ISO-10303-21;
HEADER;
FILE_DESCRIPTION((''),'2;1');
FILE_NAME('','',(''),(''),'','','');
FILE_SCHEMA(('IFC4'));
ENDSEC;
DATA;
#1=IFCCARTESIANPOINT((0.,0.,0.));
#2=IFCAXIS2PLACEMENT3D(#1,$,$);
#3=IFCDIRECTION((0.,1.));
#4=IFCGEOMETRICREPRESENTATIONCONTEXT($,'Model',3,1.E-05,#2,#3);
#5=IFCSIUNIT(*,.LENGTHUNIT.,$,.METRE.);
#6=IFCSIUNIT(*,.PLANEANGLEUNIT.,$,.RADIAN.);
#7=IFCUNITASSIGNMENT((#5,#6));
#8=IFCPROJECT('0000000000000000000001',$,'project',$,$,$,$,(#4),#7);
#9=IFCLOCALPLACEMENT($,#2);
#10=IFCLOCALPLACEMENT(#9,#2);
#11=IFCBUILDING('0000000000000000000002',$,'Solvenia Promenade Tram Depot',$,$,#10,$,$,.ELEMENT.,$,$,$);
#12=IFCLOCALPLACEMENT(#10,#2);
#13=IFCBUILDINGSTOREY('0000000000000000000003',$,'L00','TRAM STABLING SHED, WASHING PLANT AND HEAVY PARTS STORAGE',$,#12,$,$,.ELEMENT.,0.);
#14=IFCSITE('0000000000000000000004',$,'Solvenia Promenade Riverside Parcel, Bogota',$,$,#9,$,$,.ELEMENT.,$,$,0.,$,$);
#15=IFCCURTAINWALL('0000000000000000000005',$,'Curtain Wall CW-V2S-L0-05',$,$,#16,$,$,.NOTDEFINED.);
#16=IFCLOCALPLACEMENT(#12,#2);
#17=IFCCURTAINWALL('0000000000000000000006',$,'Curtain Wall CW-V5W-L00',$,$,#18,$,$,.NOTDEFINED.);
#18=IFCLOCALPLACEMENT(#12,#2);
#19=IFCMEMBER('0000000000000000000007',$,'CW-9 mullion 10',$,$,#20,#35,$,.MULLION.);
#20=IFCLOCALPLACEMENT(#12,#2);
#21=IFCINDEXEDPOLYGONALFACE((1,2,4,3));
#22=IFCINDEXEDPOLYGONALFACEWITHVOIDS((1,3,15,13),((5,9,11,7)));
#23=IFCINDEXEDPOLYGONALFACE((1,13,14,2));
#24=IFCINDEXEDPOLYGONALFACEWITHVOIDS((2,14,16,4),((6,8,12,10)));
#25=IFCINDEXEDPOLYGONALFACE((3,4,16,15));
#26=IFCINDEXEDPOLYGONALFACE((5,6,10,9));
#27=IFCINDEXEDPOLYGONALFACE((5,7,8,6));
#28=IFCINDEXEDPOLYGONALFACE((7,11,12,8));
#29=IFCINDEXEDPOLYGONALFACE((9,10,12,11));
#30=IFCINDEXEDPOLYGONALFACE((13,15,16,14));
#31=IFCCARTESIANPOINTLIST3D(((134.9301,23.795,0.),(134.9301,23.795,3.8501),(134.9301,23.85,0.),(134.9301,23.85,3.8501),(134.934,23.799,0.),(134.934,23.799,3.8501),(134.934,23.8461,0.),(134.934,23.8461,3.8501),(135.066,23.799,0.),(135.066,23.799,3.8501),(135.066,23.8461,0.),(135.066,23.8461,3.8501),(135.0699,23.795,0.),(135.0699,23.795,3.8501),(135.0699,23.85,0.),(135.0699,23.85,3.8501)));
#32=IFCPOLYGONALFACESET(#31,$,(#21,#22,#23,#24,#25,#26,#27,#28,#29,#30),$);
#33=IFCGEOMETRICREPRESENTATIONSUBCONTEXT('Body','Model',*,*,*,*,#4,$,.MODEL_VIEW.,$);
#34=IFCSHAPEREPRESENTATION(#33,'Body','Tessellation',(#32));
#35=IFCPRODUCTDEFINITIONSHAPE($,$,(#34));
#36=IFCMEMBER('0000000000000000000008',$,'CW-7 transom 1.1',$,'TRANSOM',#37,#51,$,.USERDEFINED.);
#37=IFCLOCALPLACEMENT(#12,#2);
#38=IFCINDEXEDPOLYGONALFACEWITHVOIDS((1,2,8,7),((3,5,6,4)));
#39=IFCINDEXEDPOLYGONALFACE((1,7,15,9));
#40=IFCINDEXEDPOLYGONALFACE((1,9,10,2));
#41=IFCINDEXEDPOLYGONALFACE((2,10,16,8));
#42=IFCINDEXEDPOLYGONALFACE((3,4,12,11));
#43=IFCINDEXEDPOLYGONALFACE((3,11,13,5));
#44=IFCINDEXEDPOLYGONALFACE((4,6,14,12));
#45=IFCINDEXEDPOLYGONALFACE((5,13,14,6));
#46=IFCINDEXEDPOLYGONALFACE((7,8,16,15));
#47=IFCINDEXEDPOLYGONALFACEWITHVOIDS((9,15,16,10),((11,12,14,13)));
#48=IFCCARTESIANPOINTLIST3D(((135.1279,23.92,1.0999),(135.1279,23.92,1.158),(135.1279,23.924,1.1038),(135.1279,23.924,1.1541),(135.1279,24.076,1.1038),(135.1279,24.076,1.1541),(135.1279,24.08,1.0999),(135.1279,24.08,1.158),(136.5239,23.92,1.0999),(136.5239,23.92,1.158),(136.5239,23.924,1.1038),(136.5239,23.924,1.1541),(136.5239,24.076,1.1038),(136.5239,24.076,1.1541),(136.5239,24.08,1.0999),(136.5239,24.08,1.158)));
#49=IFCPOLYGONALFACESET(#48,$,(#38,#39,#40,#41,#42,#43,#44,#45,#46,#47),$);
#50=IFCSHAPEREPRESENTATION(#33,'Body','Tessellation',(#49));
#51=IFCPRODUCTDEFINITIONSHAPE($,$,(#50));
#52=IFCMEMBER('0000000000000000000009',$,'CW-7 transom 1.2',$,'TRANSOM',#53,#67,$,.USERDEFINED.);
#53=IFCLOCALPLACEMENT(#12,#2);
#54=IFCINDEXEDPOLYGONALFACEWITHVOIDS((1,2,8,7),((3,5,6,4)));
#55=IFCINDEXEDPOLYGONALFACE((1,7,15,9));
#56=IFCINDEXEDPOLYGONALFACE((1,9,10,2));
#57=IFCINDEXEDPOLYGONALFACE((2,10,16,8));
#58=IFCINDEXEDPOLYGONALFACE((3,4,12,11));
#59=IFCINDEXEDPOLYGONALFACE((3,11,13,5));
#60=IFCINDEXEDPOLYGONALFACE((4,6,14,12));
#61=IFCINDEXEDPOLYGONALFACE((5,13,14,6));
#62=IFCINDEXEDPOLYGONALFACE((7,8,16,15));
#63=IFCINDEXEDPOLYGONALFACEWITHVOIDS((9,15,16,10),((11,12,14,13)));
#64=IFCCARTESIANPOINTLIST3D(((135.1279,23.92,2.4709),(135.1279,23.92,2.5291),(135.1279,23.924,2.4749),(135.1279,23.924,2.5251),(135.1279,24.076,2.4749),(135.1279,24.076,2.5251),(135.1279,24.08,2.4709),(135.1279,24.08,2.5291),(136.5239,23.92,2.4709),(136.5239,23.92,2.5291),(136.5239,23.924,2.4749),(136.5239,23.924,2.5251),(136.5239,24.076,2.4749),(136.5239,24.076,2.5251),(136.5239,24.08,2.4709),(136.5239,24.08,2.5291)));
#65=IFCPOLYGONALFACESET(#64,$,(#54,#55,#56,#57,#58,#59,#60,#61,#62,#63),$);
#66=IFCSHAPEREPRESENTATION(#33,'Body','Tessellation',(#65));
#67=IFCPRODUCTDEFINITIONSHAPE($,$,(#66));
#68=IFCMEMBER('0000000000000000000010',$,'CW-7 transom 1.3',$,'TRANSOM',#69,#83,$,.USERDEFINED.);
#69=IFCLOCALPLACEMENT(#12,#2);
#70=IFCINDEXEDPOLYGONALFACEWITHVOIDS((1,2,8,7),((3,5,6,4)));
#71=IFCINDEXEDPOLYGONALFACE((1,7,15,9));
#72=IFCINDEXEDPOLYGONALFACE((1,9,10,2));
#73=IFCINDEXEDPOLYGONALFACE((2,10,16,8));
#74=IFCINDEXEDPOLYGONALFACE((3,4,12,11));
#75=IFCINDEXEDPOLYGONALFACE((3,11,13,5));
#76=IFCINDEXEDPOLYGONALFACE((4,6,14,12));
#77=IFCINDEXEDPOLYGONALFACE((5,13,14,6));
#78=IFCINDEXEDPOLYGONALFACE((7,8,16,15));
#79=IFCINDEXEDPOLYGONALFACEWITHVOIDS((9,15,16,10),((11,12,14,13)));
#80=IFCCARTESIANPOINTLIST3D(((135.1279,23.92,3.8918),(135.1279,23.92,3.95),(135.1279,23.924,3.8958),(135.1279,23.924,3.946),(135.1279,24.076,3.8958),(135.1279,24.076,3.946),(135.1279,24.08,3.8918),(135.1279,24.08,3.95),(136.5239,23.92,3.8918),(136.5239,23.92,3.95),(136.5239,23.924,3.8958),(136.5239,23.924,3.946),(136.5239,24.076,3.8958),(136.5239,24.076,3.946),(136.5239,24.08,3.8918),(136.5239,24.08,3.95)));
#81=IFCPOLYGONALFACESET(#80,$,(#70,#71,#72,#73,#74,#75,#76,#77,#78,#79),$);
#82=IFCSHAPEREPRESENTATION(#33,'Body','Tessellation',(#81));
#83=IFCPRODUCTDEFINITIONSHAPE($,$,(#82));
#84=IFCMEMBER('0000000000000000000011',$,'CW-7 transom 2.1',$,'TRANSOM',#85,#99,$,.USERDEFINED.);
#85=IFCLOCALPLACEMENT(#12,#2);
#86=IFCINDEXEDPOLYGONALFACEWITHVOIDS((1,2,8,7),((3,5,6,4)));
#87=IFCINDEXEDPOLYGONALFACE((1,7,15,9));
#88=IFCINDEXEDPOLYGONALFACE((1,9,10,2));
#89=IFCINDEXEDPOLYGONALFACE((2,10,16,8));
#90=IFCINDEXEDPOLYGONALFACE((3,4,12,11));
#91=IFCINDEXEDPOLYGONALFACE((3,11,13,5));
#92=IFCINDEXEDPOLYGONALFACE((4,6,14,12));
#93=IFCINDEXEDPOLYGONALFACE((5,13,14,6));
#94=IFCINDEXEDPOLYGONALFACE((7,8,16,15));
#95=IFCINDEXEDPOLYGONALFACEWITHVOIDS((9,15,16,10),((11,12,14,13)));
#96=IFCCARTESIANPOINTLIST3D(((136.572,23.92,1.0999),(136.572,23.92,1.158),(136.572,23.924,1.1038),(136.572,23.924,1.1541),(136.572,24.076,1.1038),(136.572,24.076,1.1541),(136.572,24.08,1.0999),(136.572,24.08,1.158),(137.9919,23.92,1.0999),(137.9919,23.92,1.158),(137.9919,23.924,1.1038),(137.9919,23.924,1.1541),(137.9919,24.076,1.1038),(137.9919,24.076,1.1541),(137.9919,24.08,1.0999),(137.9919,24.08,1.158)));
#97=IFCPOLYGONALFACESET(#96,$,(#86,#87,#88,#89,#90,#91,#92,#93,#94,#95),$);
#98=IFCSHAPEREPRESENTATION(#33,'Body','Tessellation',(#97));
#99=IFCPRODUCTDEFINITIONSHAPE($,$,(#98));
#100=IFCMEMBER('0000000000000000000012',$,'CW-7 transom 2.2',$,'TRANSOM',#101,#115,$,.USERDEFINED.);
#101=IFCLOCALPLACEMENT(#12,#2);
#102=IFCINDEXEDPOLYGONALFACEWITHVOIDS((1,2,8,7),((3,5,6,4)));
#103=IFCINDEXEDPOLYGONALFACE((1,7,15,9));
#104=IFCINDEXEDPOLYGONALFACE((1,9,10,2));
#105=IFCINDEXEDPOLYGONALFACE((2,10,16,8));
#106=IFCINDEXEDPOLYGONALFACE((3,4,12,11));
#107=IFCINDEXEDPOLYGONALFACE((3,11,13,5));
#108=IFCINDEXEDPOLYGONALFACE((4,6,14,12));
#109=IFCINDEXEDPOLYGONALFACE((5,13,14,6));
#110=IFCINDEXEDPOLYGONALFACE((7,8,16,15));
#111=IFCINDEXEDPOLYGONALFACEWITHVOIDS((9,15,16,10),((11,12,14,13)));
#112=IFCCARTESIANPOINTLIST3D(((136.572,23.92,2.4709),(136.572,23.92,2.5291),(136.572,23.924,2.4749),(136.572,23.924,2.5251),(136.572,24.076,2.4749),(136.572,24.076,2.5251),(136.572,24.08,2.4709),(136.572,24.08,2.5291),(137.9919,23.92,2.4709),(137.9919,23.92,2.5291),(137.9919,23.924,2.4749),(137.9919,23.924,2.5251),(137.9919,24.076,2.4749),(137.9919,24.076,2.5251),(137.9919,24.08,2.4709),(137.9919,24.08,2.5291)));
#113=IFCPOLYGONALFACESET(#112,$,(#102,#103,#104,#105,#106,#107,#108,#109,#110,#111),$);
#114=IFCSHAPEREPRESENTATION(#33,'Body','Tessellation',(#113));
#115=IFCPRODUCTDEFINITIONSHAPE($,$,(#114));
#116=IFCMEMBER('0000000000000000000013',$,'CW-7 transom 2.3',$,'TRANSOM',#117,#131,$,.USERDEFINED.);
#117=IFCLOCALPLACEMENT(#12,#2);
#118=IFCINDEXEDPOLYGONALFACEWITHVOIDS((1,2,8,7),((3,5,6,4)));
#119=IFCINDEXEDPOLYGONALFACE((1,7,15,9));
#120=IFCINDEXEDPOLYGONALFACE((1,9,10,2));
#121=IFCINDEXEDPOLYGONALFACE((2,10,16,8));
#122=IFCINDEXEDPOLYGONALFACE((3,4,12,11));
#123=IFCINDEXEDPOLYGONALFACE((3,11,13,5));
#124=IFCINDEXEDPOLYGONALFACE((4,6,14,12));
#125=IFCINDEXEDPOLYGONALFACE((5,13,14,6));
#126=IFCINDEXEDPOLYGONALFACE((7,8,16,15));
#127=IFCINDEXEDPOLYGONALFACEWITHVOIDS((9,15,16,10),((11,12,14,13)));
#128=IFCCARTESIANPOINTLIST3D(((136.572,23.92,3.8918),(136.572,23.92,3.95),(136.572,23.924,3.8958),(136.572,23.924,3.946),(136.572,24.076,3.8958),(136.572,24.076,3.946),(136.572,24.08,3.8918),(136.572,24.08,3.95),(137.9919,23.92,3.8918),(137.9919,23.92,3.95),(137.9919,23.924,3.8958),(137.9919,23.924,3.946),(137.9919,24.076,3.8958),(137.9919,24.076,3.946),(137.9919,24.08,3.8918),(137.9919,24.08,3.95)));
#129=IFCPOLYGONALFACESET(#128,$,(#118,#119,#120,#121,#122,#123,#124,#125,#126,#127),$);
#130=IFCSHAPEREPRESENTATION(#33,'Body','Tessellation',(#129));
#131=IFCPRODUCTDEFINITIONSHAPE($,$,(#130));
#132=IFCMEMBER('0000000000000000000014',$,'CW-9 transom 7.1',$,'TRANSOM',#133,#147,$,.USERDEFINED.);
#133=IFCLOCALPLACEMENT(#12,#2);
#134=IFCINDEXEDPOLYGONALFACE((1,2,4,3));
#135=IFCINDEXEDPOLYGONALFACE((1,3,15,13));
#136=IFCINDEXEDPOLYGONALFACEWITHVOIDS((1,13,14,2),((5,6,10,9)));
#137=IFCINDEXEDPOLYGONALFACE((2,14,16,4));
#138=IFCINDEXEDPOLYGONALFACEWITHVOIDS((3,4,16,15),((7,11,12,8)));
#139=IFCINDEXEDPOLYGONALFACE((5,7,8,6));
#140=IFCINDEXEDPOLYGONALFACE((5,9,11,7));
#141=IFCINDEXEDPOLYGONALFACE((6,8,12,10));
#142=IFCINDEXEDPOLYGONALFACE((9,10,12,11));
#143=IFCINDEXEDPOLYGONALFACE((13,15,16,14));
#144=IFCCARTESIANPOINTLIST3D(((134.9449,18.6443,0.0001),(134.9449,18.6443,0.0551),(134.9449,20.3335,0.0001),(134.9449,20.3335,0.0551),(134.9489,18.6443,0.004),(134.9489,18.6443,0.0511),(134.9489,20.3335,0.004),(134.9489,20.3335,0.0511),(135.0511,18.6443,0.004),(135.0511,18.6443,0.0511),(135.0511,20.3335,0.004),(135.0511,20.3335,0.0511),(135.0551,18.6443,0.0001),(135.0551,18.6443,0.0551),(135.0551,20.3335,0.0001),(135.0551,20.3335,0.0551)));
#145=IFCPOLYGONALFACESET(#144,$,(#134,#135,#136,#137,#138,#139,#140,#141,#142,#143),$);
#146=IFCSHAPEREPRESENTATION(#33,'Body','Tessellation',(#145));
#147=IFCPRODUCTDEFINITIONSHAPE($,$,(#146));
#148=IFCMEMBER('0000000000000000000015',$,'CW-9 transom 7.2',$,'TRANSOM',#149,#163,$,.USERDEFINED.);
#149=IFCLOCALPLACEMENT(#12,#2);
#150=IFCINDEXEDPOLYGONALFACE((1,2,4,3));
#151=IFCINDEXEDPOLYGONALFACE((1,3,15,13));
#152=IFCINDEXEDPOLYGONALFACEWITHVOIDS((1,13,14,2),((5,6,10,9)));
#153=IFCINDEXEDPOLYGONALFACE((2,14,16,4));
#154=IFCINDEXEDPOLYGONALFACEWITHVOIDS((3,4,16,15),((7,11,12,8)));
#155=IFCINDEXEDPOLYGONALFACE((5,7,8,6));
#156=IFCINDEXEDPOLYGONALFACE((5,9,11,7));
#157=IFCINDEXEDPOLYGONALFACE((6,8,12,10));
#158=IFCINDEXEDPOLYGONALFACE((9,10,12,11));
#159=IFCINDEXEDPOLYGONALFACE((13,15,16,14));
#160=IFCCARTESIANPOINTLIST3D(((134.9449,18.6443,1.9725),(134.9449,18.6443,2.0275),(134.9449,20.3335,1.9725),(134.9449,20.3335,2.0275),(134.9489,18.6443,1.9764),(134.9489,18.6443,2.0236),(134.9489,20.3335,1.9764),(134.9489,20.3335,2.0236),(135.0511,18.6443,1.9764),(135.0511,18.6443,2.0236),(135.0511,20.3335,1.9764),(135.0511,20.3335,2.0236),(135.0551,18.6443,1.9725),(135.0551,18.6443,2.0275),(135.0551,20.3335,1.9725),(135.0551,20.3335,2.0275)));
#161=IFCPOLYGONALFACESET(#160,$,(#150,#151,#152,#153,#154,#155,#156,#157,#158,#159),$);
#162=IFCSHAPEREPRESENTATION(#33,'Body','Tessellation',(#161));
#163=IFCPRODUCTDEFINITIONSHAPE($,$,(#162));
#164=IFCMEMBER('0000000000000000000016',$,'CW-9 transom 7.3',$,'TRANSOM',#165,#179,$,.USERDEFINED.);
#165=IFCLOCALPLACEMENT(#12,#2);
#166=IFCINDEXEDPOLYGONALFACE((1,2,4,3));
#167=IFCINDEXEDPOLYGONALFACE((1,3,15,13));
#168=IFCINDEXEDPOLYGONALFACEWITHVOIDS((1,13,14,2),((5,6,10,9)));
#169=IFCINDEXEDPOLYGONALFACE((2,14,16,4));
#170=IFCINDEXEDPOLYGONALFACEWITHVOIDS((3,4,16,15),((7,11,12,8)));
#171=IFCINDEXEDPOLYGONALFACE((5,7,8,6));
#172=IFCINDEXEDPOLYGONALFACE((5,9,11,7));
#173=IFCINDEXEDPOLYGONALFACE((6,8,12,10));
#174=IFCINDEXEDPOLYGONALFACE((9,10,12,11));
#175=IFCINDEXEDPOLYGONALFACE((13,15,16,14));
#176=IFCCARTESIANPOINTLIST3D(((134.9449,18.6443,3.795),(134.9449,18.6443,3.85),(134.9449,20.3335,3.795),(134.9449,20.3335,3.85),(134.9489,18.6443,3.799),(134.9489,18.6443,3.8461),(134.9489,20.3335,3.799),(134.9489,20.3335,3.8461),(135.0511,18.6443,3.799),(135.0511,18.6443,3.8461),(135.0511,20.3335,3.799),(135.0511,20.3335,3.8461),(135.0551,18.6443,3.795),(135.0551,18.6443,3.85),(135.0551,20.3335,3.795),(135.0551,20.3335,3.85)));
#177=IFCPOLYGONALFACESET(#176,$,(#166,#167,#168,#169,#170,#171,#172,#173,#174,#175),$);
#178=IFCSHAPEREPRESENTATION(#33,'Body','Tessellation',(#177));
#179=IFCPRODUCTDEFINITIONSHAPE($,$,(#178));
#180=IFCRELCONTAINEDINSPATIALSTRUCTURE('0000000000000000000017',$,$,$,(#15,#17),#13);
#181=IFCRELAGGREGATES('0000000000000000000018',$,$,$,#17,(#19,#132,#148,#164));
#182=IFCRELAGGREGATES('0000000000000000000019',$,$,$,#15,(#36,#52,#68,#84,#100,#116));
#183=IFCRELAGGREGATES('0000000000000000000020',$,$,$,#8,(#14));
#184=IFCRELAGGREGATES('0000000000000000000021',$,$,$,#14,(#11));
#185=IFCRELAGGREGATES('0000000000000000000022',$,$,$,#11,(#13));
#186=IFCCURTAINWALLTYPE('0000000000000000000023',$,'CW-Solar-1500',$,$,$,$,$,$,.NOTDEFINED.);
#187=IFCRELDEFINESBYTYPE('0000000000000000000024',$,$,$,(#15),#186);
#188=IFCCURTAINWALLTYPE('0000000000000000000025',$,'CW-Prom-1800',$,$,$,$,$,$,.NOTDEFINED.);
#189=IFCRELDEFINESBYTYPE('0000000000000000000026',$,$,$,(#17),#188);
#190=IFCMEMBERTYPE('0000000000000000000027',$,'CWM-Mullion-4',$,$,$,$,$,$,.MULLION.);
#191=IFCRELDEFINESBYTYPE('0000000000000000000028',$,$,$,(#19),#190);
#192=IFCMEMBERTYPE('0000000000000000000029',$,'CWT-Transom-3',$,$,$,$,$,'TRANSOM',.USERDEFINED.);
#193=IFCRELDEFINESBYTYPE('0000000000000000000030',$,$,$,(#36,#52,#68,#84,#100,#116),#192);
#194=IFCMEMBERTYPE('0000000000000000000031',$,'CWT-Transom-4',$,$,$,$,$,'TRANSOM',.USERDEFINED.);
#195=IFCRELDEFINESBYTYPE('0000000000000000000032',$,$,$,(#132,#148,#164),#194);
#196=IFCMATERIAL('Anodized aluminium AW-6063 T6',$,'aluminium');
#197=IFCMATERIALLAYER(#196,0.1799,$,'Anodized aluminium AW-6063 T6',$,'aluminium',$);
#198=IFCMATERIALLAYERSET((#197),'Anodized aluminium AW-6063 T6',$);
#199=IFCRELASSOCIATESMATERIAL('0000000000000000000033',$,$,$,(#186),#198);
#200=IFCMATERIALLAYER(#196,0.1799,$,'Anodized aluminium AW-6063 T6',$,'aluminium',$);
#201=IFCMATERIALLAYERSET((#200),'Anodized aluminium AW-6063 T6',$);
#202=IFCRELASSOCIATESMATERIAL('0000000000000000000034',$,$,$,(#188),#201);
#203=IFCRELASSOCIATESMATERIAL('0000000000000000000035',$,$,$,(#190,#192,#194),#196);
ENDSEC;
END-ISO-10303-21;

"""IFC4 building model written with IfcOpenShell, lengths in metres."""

from ifc_helpers import new_model, si_unit, direction, frame, origin, origin_2d, place, context, subcontext, project, spatial, hollow_rectangle, extrude, material, layer, layer_set, material_profile, profile_set, type_object, element, aggregate, save


model = new_model("IFC4")

# Units and contexts
model_context = context("Model", 3, precision=1e-05, world=origin(), true_north=direction((0.0, 1.0)))
body_context = subcontext(model_context, "Body", "Model", "MODEL_VIEW")
ifc_project = project(units=[si_unit("LENGTHUNIT", "METRE"), si_unit("PLANEANGLEUNIT", "RADIAN")], contexts=[model_context])

# Site, building, storey
site_placement = place(None, origin())
site = spatial("IfcSite", under=ifc_project, at=site_placement, Name="Solvenia Promenade Riverside Parcel, Bogota", CompositionType="ELEMENT", RefElevation=0.0)
building_placement = place(site_placement, origin())
building = spatial("IfcBuilding", under=site, at=building_placement, Name="Solvenia Promenade Tram Depot", CompositionType="ELEMENT")
storey_placement = place(building_placement, origin())
storey = spatial("IfcBuildingStorey", under=building, at=storey_placement, Name="L00", Description="TRAM STABLING SHED, WASHING PLANT AND HEAVY PARTS STORAGE", CompositionType="ELEMENT", Elevation=0.0)

# Curtain walls, member
ifc_material_1 = material(Name="Anodized aluminium AW-6063 T6", Category="aluminium")
ifc_layer_1 = layer(ifc_material_1, 0.1799, Name="Anodized aluminium AW-6063 T6", Category="aluminium")
ifc_layer_set_1 = layer_set([ifc_layer_1], Name="Anodized aluminium AW-6063 T6")
curtain_wall_type_1 = type_object("IfcCurtainWallType", Name="CW-Solar-1500", PredefinedType="NOTDEFINED", material=ifc_layer_set_1)
curtain_wall_1_placement = place(storey_placement, origin())
curtain_wall_1 = element("IfcCurtainWall", 1, at=curtain_wall_1_placement, inside=storey, type_object=curtain_wall_type_1, Name="Curtain Wall CW-V2S-L0-05", PredefinedType="NOTDEFINED")
ifc_layer_2 = layer(ifc_material_1, 0.1799, Name="Anodized aluminium AW-6063 T6", Category="aluminium")
ifc_layer_set_2 = layer_set([ifc_layer_2], Name="Anodized aluminium AW-6063 T6")
curtain_wall_type_2 = type_object("IfcCurtainWallType", Name="CW-Prom-1800", PredefinedType="NOTDEFINED", material=ifc_layer_set_2)
curtain_wall_2_placement = place(storey_placement, origin())
curtain_wall_2 = element("IfcCurtainWall", 2, at=curtain_wall_2_placement, inside=storey, type_object=curtain_wall_type_2, Name="Curtain Wall CW-V5W-L00", PredefinedType="NOTDEFINED")
ifc_material_profile_1 = material_profile(ifc_material_1, hollow_rectangle(XDim=0.1399, YDim=0.0549, WallThickness=0.0039, at=origin_2d()), Name="ALU-M4", Category="aluminium")
ifc_profile_set_1 = profile_set([ifc_material_profile_1], Name="Anodized aluminium AW-6063 T6")
member_type_1 = type_object("IfcMemberType", Name="CWM-Mullion-4", PredefinedType="MULLION", material=ifc_profile_set_1)
member_1_placement = place(storey_placement, frame((135.0, 23.8225, 0.0), z_axis=(0.0, 0.0, 1.0), x_axis=(-1.0, 0.0, 0.0)))
member_1 = element("IfcMember", 3, at=member_1_placement, type_object=member_type_1, Name="CW-9 mullion 10", PredefinedType="MULLION", context=body_context, shape_type="SweptSolid", body=[
    extrude(hollow_rectangle(XDim=0.1399, YDim=0.0549, WallThickness=0.0039, at=origin_2d()), origin(), (0.0, 0.0, 1.0), 3.8501),
])

# Members
ifc_material_profile_2 = material_profile(ifc_material_1, hollow_rectangle(XDim=0.1599, YDim=0.0581, WallThickness=0.0039, at=origin_2d()), Name="ALU-T3", Category="aluminium")
ifc_profile_set_2 = profile_set([ifc_material_profile_2], Name="Anodized aluminium AW-6063 T6")
member_type_2 = type_object("IfcMemberType", Name="CWT-Transom-3", ElementType="TRANSOM", PredefinedType="USERDEFINED", material=ifc_profile_set_2)
member_2_placement = place(storey_placement, frame((135.1279, 24.0, 1.1289), z_axis=(1.0, 0.0, 0.0), x_axis=(0.0, 1.0, 0.0)))
member_2 = element("IfcMember", 4, at=member_2_placement, type_object=member_type_2, Name="CW-7 transom 1.1", ObjectType="TRANSOM", PredefinedType="USERDEFINED", context=body_context, shape_type="SweptSolid", body=[
    extrude(hollow_rectangle(XDim=0.1599, YDim=0.0581, WallThickness=0.0039, at=origin_2d()), origin(), (0.0, 0.0, 1.0), 1.396),
])
member_3_placement = place(storey_placement, frame((135.1279, 24.0, 2.5), z_axis=(1.0, 0.0, 0.0), x_axis=(0.0, 1.0, 0.0)))
member_3 = element("IfcMember", 5, at=member_3_placement, type_object=member_type_2, Name="CW-7 transom 1.2", ObjectType="TRANSOM", PredefinedType="USERDEFINED", context=body_context, shape_type="SweptSolid", body=[
    extrude(hollow_rectangle(XDim=0.1599, YDim=0.0581, WallThickness=0.0039, at=origin_2d()), origin(), (0.0, 0.0, 1.0), 1.396),
])
member_4_placement = place(storey_placement, frame((135.1279, 24.0, 3.9209), z_axis=(1.0, 0.0, 0.0), x_axis=(0.0, 1.0, 0.0)))
member_4 = element("IfcMember", 6, at=member_4_placement, type_object=member_type_2, Name="CW-7 transom 1.3", ObjectType="TRANSOM", PredefinedType="USERDEFINED", context=body_context, shape_type="SweptSolid", body=[
    extrude(hollow_rectangle(XDim=0.1599, YDim=0.0581, WallThickness=0.0039, at=origin_2d()), origin(), (0.0, 0.0, 1.0), 1.396),
])
member_5_placement = place(storey_placement, frame((136.572, 24.0, 1.1289), z_axis=(1.0, 0.0, 0.0), x_axis=(0.0, 1.0, 0.0)))
member_5 = element("IfcMember", 7, at=member_5_placement, type_object=member_type_2, Name="CW-7 transom 2.1", ObjectType="TRANSOM", PredefinedType="USERDEFINED", context=body_context, shape_type="SweptSolid", body=[
    extrude(hollow_rectangle(XDim=0.1599, YDim=0.0581, WallThickness=0.0039, at=origin_2d()), origin(), (0.0, 0.0, 1.0), 1.4199),
])
member_6_placement = place(storey_placement, frame((136.572, 24.0, 2.5), z_axis=(1.0, 0.0, 0.0), x_axis=(0.0, 1.0, 0.0)))
member_6 = element("IfcMember", 8, at=member_6_placement, type_object=member_type_2, Name="CW-7 transom 2.2", ObjectType="TRANSOM", PredefinedType="USERDEFINED", context=body_context, shape_type="SweptSolid", body=[
    extrude(hollow_rectangle(XDim=0.1599, YDim=0.0581, WallThickness=0.0039, at=origin_2d()), origin(), (0.0, 0.0, 1.0), 1.4199),
])
member_7_placement = place(storey_placement, frame((136.572, 24.0, 3.9209), z_axis=(1.0, 0.0, 0.0), x_axis=(0.0, 1.0, 0.0)))
member_7 = element("IfcMember", 9, at=member_7_placement, type_object=member_type_2, Name="CW-7 transom 2.3", ObjectType="TRANSOM", PredefinedType="USERDEFINED", context=body_context, shape_type="SweptSolid", body=[
    extrude(hollow_rectangle(XDim=0.1599, YDim=0.0581, WallThickness=0.0039, at=origin_2d()), origin(), (0.0, 0.0, 1.0), 1.4199),
])
ifc_material_profile_3 = material_profile(ifc_material_1, hollow_rectangle(XDim=0.1101, YDim=0.0549, WallThickness=0.0039, at=origin_2d()), Name="ALU-T4", Category="aluminium")
ifc_profile_set_3 = profile_set([ifc_material_profile_3], Name="Anodized aluminium AW-6063 T6")
member_type_3 = type_object("IfcMemberType", Name="CWT-Transom-4", ElementType="TRANSOM", PredefinedType="USERDEFINED", material=ifc_profile_set_3)
member_8_placement = place(storey_placement, frame((135.0, 18.6443, 0.0276), z_axis=(0.0, 1.0, 0.0), x_axis=(-1.0, 0.0, 0.0)))
member_8 = element("IfcMember", 10, at=member_8_placement, type_object=member_type_3, Name="CW-9 transom 7.1", ObjectType="TRANSOM", PredefinedType="USERDEFINED", context=body_context, shape_type="SweptSolid", body=[
    extrude(hollow_rectangle(XDim=0.1101, YDim=0.0549, WallThickness=0.0039, at=origin_2d()), origin(), (0.0, 0.0, 1.0), 1.6892),
])
member_9_placement = place(storey_placement, frame((135.0, 18.6443, 2.0), z_axis=(0.0, 1.0, 0.0), x_axis=(-1.0, 0.0, 0.0)))
member_9 = element("IfcMember", 11, at=member_9_placement, type_object=member_type_3, Name="CW-9 transom 7.2", ObjectType="TRANSOM", PredefinedType="USERDEFINED", context=body_context, shape_type="SweptSolid", body=[
    extrude(hollow_rectangle(XDim=0.1101, YDim=0.0549, WallThickness=0.0039, at=origin_2d()), origin(), (0.0, 0.0, 1.0), 1.6892),
])
member_10_placement = place(storey_placement, frame((135.0, 18.6443, 3.8225), z_axis=(0.0, 1.0, 0.0), x_axis=(-1.0, 0.0, 0.0)))
member_10 = element("IfcMember", 12, at=member_10_placement, type_object=member_type_3, Name="CW-9 transom 7.3", ObjectType="TRANSOM", PredefinedType="USERDEFINED", context=body_context, shape_type="SweptSolid", body=[
    extrude(hollow_rectangle(XDim=0.1101, YDim=0.0549, WallThickness=0.0039, at=origin_2d()), origin(), (0.0, 0.0, 1.0), 1.6892),
])

aggregate(curtain_wall_2, [member_1, member_8, member_9, member_10])
aggregate(curtain_wall_1, [member_2, member_3, member_4, member_5, member_6, member_7])

save(model, "model.ifc")
